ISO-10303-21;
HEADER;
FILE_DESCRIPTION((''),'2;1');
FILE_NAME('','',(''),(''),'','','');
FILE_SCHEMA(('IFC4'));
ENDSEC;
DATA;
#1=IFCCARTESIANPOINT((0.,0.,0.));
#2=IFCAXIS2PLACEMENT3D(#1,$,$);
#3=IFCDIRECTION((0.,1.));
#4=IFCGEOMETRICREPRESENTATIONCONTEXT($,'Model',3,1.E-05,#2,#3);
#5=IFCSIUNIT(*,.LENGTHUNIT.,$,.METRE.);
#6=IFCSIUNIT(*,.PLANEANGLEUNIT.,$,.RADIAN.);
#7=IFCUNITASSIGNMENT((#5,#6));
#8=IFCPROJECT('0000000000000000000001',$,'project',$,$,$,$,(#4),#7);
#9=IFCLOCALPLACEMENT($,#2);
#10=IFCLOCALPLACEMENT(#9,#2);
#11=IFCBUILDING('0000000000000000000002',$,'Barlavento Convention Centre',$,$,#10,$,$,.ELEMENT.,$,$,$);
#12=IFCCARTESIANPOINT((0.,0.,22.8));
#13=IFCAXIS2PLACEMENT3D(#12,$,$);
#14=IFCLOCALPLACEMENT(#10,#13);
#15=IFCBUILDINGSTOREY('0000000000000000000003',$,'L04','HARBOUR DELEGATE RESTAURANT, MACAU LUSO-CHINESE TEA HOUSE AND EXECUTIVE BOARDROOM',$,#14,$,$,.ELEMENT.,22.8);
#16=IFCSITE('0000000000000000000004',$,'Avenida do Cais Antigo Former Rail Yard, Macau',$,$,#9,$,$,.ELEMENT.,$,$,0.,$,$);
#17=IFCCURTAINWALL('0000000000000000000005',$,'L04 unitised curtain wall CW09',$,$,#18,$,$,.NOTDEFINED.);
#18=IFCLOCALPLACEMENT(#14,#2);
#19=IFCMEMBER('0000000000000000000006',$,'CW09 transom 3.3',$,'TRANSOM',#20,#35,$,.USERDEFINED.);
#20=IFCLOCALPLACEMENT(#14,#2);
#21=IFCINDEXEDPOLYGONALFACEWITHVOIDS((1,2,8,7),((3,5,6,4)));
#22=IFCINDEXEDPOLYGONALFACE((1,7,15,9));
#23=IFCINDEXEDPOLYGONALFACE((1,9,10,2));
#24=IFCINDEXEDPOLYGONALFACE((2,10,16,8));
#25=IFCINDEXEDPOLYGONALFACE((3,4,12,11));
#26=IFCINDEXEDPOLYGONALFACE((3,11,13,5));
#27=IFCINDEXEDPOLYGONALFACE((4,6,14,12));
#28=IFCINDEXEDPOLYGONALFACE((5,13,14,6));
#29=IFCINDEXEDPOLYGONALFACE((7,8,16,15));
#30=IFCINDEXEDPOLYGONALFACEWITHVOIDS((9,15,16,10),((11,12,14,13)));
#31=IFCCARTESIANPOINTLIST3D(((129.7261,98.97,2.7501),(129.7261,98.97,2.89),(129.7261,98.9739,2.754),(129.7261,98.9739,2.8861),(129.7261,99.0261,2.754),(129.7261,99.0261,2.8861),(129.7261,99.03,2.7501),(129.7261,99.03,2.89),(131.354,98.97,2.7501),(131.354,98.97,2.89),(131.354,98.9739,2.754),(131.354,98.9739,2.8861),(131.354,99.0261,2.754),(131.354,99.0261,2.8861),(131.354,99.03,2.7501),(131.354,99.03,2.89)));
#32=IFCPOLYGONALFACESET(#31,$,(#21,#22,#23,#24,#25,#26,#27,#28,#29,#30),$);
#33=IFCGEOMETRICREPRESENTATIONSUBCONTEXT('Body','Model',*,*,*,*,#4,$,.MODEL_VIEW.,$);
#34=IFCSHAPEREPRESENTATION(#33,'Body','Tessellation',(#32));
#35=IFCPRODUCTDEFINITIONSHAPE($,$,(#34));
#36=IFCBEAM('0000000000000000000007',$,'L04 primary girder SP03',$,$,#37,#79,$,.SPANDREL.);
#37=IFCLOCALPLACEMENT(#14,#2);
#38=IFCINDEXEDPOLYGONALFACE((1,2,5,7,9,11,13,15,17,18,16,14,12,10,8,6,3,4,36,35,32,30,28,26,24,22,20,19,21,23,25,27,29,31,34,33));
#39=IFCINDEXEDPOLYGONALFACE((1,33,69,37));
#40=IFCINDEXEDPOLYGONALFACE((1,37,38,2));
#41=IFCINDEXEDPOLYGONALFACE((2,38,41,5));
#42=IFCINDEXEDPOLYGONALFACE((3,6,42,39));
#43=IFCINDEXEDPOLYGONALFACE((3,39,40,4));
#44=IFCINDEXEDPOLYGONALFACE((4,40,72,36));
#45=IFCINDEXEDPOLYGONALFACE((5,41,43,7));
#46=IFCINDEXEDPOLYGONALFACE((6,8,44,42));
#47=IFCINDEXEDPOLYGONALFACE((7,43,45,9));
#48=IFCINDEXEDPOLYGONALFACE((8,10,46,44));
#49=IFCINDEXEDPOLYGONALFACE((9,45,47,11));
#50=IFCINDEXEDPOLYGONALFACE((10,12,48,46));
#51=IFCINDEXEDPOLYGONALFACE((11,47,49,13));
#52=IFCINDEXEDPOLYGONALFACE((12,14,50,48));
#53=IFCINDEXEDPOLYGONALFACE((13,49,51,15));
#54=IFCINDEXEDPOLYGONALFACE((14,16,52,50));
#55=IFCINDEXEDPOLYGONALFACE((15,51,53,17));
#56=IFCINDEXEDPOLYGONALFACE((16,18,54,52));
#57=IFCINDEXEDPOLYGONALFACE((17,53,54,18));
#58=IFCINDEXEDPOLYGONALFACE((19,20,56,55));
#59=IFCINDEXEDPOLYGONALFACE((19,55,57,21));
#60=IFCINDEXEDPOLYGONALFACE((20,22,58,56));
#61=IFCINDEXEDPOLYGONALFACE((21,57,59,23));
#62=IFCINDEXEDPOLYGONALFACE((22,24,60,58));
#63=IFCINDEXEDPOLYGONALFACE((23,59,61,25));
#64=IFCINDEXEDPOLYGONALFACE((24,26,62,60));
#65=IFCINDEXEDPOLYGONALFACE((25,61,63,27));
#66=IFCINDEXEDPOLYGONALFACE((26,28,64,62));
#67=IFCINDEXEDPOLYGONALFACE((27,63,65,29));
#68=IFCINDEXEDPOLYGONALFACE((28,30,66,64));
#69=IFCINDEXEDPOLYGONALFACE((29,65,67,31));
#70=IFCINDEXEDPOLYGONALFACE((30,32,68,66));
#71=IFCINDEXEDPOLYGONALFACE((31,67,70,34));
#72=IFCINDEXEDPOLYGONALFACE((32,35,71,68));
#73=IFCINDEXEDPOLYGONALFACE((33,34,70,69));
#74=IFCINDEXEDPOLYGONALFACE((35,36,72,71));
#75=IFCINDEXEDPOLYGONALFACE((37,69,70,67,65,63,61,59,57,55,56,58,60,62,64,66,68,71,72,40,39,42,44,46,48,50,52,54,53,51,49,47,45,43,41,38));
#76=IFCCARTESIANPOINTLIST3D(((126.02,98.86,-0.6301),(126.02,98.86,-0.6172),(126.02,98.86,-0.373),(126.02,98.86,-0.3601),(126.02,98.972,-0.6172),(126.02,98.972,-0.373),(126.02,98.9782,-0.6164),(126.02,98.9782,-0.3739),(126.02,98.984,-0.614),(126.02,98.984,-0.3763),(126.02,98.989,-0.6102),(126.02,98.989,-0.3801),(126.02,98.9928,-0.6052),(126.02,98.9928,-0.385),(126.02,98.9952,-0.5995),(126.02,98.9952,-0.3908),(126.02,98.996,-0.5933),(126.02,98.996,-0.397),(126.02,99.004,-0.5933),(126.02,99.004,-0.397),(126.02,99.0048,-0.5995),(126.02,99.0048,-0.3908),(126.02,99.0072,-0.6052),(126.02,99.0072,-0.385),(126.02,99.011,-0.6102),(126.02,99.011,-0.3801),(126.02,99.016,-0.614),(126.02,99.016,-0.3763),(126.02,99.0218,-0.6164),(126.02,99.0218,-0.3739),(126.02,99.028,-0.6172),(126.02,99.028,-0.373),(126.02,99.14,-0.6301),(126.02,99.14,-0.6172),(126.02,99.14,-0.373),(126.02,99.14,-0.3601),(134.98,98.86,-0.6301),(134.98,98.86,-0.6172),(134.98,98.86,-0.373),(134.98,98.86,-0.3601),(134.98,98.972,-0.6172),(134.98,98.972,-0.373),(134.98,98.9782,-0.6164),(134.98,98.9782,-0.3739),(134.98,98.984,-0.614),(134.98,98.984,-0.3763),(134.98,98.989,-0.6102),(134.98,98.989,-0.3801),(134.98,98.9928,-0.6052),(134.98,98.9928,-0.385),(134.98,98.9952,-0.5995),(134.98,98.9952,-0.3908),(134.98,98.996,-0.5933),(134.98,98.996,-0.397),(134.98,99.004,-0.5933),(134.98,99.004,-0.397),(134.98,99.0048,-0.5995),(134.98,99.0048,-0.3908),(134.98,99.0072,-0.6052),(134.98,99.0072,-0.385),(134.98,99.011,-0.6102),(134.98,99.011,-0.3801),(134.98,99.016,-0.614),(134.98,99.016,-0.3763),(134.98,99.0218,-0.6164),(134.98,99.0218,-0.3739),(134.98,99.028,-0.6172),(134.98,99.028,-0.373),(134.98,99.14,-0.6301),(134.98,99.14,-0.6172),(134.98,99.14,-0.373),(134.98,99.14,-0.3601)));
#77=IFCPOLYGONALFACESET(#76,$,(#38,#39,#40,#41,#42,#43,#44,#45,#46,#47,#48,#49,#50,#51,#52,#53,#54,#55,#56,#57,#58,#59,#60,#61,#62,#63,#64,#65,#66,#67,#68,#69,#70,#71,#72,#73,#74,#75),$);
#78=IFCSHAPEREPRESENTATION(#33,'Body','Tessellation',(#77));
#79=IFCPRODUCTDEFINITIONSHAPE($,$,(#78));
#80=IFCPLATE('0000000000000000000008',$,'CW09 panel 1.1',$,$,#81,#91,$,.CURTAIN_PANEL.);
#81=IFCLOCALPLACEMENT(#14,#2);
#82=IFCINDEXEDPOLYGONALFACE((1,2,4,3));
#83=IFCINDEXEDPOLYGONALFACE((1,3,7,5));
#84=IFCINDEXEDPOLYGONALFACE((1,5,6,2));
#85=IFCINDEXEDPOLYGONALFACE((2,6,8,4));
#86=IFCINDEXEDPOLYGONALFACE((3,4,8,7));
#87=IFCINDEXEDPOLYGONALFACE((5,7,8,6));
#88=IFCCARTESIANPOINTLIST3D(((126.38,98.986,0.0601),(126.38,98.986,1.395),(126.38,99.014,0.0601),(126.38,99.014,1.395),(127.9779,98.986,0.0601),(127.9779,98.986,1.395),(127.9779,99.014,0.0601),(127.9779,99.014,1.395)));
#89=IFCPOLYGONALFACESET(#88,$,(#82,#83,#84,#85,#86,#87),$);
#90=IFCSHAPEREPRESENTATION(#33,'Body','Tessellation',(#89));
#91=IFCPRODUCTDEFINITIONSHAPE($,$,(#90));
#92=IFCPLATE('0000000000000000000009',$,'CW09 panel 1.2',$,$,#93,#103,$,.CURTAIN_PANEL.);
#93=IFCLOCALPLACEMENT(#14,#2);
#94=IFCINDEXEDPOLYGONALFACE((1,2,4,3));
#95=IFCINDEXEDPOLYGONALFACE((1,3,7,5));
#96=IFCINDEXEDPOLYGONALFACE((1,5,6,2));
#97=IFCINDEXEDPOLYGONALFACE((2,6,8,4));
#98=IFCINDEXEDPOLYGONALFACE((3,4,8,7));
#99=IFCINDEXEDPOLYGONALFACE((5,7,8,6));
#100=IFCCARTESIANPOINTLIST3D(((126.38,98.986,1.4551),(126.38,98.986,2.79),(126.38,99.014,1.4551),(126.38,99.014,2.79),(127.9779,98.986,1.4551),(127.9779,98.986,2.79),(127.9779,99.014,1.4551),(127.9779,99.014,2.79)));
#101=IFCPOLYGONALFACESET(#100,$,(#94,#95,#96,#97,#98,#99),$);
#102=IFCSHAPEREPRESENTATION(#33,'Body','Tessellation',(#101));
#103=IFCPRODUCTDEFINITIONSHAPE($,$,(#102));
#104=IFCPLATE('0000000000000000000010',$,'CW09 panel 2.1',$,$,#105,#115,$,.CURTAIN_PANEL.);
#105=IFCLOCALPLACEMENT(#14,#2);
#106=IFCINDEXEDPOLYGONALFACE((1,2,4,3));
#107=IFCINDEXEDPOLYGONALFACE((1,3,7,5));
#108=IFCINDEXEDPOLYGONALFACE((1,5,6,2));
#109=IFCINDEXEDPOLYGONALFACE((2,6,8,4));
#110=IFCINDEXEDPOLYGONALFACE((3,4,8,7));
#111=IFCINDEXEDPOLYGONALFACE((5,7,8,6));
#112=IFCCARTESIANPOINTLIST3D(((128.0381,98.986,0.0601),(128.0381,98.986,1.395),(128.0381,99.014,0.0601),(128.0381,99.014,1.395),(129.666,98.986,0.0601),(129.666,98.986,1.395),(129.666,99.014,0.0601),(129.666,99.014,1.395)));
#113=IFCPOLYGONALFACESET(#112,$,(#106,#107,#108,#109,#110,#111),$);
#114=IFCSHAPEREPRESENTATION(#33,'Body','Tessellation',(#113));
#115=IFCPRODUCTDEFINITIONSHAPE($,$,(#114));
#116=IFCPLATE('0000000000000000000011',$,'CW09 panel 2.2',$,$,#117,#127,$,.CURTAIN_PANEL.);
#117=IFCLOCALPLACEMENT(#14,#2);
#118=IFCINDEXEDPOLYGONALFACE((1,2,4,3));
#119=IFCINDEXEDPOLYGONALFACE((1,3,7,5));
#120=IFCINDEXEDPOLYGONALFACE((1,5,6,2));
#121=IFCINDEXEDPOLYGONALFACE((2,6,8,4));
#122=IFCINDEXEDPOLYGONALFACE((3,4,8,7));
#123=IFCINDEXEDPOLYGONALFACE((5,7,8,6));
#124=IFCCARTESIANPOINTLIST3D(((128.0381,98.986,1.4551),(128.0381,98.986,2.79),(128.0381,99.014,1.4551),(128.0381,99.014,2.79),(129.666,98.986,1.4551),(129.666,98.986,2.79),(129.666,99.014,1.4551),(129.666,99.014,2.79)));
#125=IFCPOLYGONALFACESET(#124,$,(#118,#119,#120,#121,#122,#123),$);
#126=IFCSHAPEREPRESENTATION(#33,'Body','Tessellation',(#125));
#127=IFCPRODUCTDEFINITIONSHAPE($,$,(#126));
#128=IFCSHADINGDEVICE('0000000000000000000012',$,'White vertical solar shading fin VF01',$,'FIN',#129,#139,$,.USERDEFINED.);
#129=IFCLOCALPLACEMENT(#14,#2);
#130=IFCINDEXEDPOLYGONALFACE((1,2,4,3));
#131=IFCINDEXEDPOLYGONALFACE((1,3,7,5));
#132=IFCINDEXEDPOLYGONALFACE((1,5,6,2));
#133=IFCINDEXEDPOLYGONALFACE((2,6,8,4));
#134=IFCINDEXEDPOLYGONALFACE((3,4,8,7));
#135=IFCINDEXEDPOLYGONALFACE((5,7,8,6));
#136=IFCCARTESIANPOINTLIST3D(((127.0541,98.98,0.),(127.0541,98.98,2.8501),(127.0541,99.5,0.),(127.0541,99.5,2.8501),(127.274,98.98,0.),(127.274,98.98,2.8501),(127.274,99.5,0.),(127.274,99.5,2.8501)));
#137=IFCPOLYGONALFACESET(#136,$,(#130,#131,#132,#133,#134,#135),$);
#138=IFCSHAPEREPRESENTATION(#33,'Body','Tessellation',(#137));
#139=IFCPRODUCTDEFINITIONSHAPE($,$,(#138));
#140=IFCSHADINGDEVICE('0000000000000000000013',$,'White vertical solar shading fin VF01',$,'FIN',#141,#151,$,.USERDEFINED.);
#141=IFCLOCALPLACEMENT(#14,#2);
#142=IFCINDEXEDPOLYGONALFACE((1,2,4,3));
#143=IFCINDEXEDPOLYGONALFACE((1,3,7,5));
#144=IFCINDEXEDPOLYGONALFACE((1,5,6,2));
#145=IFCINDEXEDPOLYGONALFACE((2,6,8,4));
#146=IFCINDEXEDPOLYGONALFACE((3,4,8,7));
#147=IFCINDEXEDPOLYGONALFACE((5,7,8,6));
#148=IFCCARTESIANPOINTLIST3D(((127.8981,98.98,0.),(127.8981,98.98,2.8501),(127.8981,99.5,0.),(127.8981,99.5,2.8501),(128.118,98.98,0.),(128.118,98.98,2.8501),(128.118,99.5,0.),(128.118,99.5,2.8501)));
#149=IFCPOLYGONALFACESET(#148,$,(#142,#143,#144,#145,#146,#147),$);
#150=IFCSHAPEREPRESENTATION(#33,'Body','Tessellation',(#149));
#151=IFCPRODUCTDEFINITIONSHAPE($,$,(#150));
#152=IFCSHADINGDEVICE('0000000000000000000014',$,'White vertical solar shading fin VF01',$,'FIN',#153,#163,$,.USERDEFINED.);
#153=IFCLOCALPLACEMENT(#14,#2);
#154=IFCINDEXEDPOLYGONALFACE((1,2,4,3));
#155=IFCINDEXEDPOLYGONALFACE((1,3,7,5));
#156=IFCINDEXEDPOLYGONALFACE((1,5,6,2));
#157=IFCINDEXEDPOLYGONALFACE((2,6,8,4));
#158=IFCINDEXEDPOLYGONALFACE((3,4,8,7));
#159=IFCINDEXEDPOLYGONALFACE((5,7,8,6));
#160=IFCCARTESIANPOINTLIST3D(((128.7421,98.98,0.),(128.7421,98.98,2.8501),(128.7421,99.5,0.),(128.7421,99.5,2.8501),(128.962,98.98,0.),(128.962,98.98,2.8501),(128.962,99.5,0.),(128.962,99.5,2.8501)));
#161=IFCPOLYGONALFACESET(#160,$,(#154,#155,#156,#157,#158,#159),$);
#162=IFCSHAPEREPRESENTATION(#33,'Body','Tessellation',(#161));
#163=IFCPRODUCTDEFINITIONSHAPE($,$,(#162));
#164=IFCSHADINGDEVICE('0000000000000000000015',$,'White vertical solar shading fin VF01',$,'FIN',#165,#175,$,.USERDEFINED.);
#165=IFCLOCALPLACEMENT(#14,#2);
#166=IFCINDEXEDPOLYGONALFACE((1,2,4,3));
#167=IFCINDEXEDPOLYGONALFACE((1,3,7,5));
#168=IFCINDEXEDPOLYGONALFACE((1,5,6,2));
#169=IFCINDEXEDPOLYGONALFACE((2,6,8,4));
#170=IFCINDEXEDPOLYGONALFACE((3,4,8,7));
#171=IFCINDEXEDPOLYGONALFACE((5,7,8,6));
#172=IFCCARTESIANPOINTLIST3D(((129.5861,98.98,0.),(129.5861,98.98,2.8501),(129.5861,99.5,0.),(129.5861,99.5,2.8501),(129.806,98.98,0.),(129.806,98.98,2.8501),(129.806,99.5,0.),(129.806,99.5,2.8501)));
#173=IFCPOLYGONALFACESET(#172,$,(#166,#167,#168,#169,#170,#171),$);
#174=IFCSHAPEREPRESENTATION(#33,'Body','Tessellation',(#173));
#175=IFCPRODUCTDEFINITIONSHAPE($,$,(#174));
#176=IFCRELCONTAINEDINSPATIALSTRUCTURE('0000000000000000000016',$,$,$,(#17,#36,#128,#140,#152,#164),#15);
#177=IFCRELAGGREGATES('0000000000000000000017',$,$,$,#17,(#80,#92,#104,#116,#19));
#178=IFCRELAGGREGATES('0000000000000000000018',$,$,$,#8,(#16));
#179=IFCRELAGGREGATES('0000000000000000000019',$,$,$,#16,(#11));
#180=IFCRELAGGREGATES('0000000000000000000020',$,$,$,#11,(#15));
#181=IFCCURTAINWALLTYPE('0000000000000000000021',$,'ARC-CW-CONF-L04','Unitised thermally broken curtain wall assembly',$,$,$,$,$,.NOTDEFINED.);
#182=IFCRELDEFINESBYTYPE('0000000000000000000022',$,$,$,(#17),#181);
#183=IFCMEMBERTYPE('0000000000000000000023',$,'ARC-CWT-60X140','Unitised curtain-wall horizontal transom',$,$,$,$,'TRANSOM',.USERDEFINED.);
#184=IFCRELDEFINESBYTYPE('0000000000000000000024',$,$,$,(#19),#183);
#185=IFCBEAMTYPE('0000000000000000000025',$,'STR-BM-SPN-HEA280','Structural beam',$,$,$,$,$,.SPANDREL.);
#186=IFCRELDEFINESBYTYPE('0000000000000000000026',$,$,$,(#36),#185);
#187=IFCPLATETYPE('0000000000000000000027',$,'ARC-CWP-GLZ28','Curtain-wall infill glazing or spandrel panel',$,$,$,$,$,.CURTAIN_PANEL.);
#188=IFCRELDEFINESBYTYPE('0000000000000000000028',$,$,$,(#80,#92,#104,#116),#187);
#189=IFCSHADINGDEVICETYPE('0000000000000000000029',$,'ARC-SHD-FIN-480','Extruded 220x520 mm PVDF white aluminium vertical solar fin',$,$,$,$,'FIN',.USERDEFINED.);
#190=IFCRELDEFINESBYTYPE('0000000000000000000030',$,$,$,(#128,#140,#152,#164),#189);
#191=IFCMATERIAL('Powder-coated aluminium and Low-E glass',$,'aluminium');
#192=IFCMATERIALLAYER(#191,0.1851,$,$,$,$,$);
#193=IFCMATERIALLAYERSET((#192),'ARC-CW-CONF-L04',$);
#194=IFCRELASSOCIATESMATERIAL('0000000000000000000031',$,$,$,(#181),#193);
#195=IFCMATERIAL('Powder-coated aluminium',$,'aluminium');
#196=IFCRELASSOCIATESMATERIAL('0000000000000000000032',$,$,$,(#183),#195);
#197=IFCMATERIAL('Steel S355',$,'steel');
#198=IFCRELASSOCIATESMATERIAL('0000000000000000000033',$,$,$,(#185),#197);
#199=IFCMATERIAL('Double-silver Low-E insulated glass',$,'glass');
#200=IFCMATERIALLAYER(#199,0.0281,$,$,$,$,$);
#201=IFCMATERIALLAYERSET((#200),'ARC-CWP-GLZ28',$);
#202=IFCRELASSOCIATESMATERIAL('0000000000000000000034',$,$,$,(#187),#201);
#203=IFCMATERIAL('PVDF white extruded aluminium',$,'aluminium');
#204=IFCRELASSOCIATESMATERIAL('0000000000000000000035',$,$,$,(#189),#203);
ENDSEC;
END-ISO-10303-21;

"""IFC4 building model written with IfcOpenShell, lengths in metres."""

from ifc_helpers import new_model, si_unit, direction, frame, origin, origin_2d, place, context, subcontext, project, spatial, rectangle, hollow_rectangle, i_section, extrude, material, layer, layer_set, material_profile, profile_set, type_object, element, aggregate, save


model = new_model("IFC4")

# Units and contexts
model_context = context("Model", 3, precision=1e-05, world=origin(), true_north=direction((0.0, 1.0)))
body_context = subcontext(model_context, "Body", "Model", "MODEL_VIEW")
ifc_project = project(units=[si_unit("LENGTHUNIT", "METRE"), si_unit("PLANEANGLEUNIT", "RADIAN")], contexts=[model_context])

# Site, building, storey
site_placement = place(None, origin())
site = spatial("IfcSite", under=ifc_project, at=site_placement, Name="Avenida do Cais Antigo Former Rail Yard, Macau", CompositionType="ELEMENT", RefElevation=0.0)
building_placement = place(site_placement, origin())
building = spatial("IfcBuilding", under=site, at=building_placement, Name="Barlavento Convention Centre", CompositionType="ELEMENT")
storey_placement = place(building_placement, frame((0.0, 0.0, 22.8)))
storey = spatial("IfcBuildingStorey", under=building, at=storey_placement, Name="L04", Description="HARBOUR DELEGATE RESTAURANT, MACAU LUSO-CHINESE TEA HOUSE AND EXECUTIVE BOARDROOM", CompositionType="ELEMENT", Elevation=22.8)

# Curtain wall, member
ifc_material_1 = material(Name="Powder-coated aluminium and Low-E glass", Category="aluminium")
ifc_layer_1 = layer(ifc_material_1, 0.1851)
ifc_layer_set_1 = layer_set([ifc_layer_1], Name="ARC-CW-CONF-L04")
curtain_wall_type = type_object("IfcCurtainWallType", Name="ARC-CW-CONF-L04", Description="Unitised thermally broken curtain wall assembly", PredefinedType="NOTDEFINED", material=ifc_layer_set_1)
curtain_wall_placement = place(storey_placement, origin())
curtain_wall = element("IfcCurtainWall", 1, at=curtain_wall_placement, inside=storey, type_object=curtain_wall_type, Name="L04 unitised curtain wall CW09", PredefinedType="NOTDEFINED")
ifc_material_2 = material(Name="Powder-coated aluminium", Category="aluminium")
ifc_material_profile_1 = material_profile(ifc_material_2, hollow_rectangle(XDim=0.0601, YDim=0.1399, WallThickness=0.0039, at=origin_2d()), Name="AL-TRAN 60x140x4")
ifc_profile_set_1 = profile_set([ifc_material_profile_1], Name="Powder-coated aluminium")
member_type_1 = type_object("IfcMemberType", Name="ARC-CWT-60X140", Description="Unitised curtain-wall horizontal transom", ElementType="TRANSOM", PredefinedType="USERDEFINED", material=ifc_profile_set_1)
member_1_placement = place(storey_placement, frame((129.7261, 99.0, 2.8201), z_axis=(1.0, 0.0, 0.0), x_axis=(0.0, 1.0, 0.0)))
member_1 = element("IfcMember", 2, at=member_1_placement, type_object=member_type_1, Name="CW09 transom 3.3", ObjectType="TRANSOM", PredefinedType="USERDEFINED", context=body_context, shape_type="SweptSolid", body=[
    extrude(hollow_rectangle(XDim=0.0601, YDim=0.1399, WallThickness=0.0039, at=origin_2d()), origin(), (0.0, 0.0, 1.0), 1.6279),
])

# Beam
ifc_material_3 = material(Name="Steel S355", Category="steel")
ifc_material_profile_2 = material_profile(ifc_material_3, i_section(OverallWidth=0.28, OverallDepth=0.27, WebThickness=0.0081, FlangeThickness=0.0129, FilletRadius=0.0239, at=origin_2d()), Name="HEA 280")
ifc_profile_set_2 = profile_set([ifc_material_profile_2], Name="Steel S355")
beam_type = type_object("IfcBeamType", Name="STR-BM-SPN-HEA280", Description="Structural beam", PredefinedType="SPANDREL", material=ifc_profile_set_2)
beam_placement = place(storey_placement, frame((126.02, 99.0, -0.4951), z_axis=(1.0, 0.0, 0.0), x_axis=(0.0, 1.0, 0.0)))
element("IfcBeam", 3, at=beam_placement, inside=storey, type_object=beam_type, Name="L04 primary girder SP03", PredefinedType="SPANDREL", context=body_context, shape_type="SweptSolid", body=[
    extrude(i_section(OverallWidth=0.28, OverallDepth=0.27, WebThickness=0.0081, FlangeThickness=0.0129, FilletRadius=0.0239, at=origin_2d()), origin(), (0.0, 0.0, 1.0), 8.96),
])

# Plates
ifc_material_4 = material(Name="Double-silver Low-E insulated glass", Category="glass")
ifc_layer_2 = layer(ifc_material_4, 0.0281)
ifc_layer_set_2 = layer_set([ifc_layer_2], Name="ARC-CWP-GLZ28")
plate_type = type_object("IfcPlateType", Name="ARC-CWP-GLZ28", Description="Curtain-wall infill glazing or spandrel panel", PredefinedType="CURTAIN_PANEL", material=ifc_layer_set_2)
plate_1_placement = place(storey_placement, frame((127.179, 99.0, 0.0601), z_axis=(0.0, 0.0, 1.0), x_axis=(1.0, 0.0, 0.0)))
plate_1 = element("IfcPlate", 4, at=plate_1_placement, type_object=plate_type, Name="CW09 panel 1.1", PredefinedType="CURTAIN_PANEL", context=body_context, shape_type="SweptSolid", body=[
    extrude(rectangle(XDim=1.5979, YDim=0.0281, at=origin_2d()), origin(), (0.0, 0.0, 1.0), 1.335),
])
plate_2_placement = place(storey_placement, frame((127.179, 99.0, 1.4551), z_axis=(0.0, 0.0, 1.0), x_axis=(1.0, 0.0, 0.0)))
plate_2 = element("IfcPlate", 5, at=plate_2_placement, type_object=plate_type, Name="CW09 panel 1.2", PredefinedType="CURTAIN_PANEL", context=body_context, shape_type="SweptSolid", body=[
    extrude(rectangle(XDim=1.5979, YDim=0.0281, at=origin_2d()), origin(), (0.0, 0.0, 1.0), 1.335),
])
plate_3_placement = place(storey_placement, frame((128.8521, 99.0, 0.0601), z_axis=(0.0, 0.0, 1.0), x_axis=(1.0, 0.0, 0.0)))
plate_3 = element("IfcPlate", 6, at=plate_3_placement, type_object=plate_type, Name="CW09 panel 2.1", PredefinedType="CURTAIN_PANEL", context=body_context, shape_type="SweptSolid", body=[
    extrude(rectangle(XDim=1.6279, YDim=0.0281, at=origin_2d()), origin(), (0.0, 0.0, 1.0), 1.335),
])
plate_4_placement = place(storey_placement, frame((128.8521, 99.0, 1.4551), z_axis=(0.0, 0.0, 1.0), x_axis=(1.0, 0.0, 0.0)))
plate_4 = element("IfcPlate", 7, at=plate_4_placement, type_object=plate_type, Name="CW09 panel 2.2", PredefinedType="CURTAIN_PANEL", context=body_context, shape_type="SweptSolid", body=[
    extrude(rectangle(XDim=1.6279, YDim=0.0281, at=origin_2d()), origin(), (0.0, 0.0, 1.0), 1.335),
])
aggregate(curtain_wall, [plate_1, plate_2, plate_3, plate_4, member_1])

# Shading devices
ifc_material_5 = material(Name="PVDF white extruded aluminium", Category="aluminium")
shading_device_type = type_object("IfcShadingDeviceType", Name="ARC-SHD-FIN-480", Description="Extruded 220x520 mm PVDF white aluminium vertical solar fin", ElementType="FIN", PredefinedType="USERDEFINED", material=ifc_material_5)
for number, where, z_axis, x_axis, name in (
    (8, (127.1641, 99.24, 0.0), (0.0, 0.0, 1.0), (1.0, 0.0, 0.0), "White vertical solar shading fin VF01"),
    (9, (128.0081, 99.24, 0.0), (0.0, 0.0, 1.0), (1.0, 0.0, 0.0), "White vertical solar shading fin VF01"),
    (10, (128.8521, 99.24, 0.0), (0.0, 0.0, 1.0), (1.0, 0.0, 0.0), "White vertical solar shading fin VF01"),
    (11, (129.696, 99.24, 0.0), (0.0, 0.0, 1.0), (1.0, 0.0, 0.0), "White vertical solar shading fin VF01"),
):
    element("IfcShadingDevice", number, at=place(storey_placement, frame(where, z_axis=z_axis, x_axis=x_axis)), inside=storey, type_object=shading_device_type, Name=name, ObjectType="FIN", PredefinedType="USERDEFINED", context=body_context, shape_type="SweptSolid", body=[
        extrude(rectangle(XDim=0.22, YDim=0.52, at=origin_2d()), origin(), (0.0, 0.0, 1.0), 2.8501),
    ])

save(model, "model.ifc")
